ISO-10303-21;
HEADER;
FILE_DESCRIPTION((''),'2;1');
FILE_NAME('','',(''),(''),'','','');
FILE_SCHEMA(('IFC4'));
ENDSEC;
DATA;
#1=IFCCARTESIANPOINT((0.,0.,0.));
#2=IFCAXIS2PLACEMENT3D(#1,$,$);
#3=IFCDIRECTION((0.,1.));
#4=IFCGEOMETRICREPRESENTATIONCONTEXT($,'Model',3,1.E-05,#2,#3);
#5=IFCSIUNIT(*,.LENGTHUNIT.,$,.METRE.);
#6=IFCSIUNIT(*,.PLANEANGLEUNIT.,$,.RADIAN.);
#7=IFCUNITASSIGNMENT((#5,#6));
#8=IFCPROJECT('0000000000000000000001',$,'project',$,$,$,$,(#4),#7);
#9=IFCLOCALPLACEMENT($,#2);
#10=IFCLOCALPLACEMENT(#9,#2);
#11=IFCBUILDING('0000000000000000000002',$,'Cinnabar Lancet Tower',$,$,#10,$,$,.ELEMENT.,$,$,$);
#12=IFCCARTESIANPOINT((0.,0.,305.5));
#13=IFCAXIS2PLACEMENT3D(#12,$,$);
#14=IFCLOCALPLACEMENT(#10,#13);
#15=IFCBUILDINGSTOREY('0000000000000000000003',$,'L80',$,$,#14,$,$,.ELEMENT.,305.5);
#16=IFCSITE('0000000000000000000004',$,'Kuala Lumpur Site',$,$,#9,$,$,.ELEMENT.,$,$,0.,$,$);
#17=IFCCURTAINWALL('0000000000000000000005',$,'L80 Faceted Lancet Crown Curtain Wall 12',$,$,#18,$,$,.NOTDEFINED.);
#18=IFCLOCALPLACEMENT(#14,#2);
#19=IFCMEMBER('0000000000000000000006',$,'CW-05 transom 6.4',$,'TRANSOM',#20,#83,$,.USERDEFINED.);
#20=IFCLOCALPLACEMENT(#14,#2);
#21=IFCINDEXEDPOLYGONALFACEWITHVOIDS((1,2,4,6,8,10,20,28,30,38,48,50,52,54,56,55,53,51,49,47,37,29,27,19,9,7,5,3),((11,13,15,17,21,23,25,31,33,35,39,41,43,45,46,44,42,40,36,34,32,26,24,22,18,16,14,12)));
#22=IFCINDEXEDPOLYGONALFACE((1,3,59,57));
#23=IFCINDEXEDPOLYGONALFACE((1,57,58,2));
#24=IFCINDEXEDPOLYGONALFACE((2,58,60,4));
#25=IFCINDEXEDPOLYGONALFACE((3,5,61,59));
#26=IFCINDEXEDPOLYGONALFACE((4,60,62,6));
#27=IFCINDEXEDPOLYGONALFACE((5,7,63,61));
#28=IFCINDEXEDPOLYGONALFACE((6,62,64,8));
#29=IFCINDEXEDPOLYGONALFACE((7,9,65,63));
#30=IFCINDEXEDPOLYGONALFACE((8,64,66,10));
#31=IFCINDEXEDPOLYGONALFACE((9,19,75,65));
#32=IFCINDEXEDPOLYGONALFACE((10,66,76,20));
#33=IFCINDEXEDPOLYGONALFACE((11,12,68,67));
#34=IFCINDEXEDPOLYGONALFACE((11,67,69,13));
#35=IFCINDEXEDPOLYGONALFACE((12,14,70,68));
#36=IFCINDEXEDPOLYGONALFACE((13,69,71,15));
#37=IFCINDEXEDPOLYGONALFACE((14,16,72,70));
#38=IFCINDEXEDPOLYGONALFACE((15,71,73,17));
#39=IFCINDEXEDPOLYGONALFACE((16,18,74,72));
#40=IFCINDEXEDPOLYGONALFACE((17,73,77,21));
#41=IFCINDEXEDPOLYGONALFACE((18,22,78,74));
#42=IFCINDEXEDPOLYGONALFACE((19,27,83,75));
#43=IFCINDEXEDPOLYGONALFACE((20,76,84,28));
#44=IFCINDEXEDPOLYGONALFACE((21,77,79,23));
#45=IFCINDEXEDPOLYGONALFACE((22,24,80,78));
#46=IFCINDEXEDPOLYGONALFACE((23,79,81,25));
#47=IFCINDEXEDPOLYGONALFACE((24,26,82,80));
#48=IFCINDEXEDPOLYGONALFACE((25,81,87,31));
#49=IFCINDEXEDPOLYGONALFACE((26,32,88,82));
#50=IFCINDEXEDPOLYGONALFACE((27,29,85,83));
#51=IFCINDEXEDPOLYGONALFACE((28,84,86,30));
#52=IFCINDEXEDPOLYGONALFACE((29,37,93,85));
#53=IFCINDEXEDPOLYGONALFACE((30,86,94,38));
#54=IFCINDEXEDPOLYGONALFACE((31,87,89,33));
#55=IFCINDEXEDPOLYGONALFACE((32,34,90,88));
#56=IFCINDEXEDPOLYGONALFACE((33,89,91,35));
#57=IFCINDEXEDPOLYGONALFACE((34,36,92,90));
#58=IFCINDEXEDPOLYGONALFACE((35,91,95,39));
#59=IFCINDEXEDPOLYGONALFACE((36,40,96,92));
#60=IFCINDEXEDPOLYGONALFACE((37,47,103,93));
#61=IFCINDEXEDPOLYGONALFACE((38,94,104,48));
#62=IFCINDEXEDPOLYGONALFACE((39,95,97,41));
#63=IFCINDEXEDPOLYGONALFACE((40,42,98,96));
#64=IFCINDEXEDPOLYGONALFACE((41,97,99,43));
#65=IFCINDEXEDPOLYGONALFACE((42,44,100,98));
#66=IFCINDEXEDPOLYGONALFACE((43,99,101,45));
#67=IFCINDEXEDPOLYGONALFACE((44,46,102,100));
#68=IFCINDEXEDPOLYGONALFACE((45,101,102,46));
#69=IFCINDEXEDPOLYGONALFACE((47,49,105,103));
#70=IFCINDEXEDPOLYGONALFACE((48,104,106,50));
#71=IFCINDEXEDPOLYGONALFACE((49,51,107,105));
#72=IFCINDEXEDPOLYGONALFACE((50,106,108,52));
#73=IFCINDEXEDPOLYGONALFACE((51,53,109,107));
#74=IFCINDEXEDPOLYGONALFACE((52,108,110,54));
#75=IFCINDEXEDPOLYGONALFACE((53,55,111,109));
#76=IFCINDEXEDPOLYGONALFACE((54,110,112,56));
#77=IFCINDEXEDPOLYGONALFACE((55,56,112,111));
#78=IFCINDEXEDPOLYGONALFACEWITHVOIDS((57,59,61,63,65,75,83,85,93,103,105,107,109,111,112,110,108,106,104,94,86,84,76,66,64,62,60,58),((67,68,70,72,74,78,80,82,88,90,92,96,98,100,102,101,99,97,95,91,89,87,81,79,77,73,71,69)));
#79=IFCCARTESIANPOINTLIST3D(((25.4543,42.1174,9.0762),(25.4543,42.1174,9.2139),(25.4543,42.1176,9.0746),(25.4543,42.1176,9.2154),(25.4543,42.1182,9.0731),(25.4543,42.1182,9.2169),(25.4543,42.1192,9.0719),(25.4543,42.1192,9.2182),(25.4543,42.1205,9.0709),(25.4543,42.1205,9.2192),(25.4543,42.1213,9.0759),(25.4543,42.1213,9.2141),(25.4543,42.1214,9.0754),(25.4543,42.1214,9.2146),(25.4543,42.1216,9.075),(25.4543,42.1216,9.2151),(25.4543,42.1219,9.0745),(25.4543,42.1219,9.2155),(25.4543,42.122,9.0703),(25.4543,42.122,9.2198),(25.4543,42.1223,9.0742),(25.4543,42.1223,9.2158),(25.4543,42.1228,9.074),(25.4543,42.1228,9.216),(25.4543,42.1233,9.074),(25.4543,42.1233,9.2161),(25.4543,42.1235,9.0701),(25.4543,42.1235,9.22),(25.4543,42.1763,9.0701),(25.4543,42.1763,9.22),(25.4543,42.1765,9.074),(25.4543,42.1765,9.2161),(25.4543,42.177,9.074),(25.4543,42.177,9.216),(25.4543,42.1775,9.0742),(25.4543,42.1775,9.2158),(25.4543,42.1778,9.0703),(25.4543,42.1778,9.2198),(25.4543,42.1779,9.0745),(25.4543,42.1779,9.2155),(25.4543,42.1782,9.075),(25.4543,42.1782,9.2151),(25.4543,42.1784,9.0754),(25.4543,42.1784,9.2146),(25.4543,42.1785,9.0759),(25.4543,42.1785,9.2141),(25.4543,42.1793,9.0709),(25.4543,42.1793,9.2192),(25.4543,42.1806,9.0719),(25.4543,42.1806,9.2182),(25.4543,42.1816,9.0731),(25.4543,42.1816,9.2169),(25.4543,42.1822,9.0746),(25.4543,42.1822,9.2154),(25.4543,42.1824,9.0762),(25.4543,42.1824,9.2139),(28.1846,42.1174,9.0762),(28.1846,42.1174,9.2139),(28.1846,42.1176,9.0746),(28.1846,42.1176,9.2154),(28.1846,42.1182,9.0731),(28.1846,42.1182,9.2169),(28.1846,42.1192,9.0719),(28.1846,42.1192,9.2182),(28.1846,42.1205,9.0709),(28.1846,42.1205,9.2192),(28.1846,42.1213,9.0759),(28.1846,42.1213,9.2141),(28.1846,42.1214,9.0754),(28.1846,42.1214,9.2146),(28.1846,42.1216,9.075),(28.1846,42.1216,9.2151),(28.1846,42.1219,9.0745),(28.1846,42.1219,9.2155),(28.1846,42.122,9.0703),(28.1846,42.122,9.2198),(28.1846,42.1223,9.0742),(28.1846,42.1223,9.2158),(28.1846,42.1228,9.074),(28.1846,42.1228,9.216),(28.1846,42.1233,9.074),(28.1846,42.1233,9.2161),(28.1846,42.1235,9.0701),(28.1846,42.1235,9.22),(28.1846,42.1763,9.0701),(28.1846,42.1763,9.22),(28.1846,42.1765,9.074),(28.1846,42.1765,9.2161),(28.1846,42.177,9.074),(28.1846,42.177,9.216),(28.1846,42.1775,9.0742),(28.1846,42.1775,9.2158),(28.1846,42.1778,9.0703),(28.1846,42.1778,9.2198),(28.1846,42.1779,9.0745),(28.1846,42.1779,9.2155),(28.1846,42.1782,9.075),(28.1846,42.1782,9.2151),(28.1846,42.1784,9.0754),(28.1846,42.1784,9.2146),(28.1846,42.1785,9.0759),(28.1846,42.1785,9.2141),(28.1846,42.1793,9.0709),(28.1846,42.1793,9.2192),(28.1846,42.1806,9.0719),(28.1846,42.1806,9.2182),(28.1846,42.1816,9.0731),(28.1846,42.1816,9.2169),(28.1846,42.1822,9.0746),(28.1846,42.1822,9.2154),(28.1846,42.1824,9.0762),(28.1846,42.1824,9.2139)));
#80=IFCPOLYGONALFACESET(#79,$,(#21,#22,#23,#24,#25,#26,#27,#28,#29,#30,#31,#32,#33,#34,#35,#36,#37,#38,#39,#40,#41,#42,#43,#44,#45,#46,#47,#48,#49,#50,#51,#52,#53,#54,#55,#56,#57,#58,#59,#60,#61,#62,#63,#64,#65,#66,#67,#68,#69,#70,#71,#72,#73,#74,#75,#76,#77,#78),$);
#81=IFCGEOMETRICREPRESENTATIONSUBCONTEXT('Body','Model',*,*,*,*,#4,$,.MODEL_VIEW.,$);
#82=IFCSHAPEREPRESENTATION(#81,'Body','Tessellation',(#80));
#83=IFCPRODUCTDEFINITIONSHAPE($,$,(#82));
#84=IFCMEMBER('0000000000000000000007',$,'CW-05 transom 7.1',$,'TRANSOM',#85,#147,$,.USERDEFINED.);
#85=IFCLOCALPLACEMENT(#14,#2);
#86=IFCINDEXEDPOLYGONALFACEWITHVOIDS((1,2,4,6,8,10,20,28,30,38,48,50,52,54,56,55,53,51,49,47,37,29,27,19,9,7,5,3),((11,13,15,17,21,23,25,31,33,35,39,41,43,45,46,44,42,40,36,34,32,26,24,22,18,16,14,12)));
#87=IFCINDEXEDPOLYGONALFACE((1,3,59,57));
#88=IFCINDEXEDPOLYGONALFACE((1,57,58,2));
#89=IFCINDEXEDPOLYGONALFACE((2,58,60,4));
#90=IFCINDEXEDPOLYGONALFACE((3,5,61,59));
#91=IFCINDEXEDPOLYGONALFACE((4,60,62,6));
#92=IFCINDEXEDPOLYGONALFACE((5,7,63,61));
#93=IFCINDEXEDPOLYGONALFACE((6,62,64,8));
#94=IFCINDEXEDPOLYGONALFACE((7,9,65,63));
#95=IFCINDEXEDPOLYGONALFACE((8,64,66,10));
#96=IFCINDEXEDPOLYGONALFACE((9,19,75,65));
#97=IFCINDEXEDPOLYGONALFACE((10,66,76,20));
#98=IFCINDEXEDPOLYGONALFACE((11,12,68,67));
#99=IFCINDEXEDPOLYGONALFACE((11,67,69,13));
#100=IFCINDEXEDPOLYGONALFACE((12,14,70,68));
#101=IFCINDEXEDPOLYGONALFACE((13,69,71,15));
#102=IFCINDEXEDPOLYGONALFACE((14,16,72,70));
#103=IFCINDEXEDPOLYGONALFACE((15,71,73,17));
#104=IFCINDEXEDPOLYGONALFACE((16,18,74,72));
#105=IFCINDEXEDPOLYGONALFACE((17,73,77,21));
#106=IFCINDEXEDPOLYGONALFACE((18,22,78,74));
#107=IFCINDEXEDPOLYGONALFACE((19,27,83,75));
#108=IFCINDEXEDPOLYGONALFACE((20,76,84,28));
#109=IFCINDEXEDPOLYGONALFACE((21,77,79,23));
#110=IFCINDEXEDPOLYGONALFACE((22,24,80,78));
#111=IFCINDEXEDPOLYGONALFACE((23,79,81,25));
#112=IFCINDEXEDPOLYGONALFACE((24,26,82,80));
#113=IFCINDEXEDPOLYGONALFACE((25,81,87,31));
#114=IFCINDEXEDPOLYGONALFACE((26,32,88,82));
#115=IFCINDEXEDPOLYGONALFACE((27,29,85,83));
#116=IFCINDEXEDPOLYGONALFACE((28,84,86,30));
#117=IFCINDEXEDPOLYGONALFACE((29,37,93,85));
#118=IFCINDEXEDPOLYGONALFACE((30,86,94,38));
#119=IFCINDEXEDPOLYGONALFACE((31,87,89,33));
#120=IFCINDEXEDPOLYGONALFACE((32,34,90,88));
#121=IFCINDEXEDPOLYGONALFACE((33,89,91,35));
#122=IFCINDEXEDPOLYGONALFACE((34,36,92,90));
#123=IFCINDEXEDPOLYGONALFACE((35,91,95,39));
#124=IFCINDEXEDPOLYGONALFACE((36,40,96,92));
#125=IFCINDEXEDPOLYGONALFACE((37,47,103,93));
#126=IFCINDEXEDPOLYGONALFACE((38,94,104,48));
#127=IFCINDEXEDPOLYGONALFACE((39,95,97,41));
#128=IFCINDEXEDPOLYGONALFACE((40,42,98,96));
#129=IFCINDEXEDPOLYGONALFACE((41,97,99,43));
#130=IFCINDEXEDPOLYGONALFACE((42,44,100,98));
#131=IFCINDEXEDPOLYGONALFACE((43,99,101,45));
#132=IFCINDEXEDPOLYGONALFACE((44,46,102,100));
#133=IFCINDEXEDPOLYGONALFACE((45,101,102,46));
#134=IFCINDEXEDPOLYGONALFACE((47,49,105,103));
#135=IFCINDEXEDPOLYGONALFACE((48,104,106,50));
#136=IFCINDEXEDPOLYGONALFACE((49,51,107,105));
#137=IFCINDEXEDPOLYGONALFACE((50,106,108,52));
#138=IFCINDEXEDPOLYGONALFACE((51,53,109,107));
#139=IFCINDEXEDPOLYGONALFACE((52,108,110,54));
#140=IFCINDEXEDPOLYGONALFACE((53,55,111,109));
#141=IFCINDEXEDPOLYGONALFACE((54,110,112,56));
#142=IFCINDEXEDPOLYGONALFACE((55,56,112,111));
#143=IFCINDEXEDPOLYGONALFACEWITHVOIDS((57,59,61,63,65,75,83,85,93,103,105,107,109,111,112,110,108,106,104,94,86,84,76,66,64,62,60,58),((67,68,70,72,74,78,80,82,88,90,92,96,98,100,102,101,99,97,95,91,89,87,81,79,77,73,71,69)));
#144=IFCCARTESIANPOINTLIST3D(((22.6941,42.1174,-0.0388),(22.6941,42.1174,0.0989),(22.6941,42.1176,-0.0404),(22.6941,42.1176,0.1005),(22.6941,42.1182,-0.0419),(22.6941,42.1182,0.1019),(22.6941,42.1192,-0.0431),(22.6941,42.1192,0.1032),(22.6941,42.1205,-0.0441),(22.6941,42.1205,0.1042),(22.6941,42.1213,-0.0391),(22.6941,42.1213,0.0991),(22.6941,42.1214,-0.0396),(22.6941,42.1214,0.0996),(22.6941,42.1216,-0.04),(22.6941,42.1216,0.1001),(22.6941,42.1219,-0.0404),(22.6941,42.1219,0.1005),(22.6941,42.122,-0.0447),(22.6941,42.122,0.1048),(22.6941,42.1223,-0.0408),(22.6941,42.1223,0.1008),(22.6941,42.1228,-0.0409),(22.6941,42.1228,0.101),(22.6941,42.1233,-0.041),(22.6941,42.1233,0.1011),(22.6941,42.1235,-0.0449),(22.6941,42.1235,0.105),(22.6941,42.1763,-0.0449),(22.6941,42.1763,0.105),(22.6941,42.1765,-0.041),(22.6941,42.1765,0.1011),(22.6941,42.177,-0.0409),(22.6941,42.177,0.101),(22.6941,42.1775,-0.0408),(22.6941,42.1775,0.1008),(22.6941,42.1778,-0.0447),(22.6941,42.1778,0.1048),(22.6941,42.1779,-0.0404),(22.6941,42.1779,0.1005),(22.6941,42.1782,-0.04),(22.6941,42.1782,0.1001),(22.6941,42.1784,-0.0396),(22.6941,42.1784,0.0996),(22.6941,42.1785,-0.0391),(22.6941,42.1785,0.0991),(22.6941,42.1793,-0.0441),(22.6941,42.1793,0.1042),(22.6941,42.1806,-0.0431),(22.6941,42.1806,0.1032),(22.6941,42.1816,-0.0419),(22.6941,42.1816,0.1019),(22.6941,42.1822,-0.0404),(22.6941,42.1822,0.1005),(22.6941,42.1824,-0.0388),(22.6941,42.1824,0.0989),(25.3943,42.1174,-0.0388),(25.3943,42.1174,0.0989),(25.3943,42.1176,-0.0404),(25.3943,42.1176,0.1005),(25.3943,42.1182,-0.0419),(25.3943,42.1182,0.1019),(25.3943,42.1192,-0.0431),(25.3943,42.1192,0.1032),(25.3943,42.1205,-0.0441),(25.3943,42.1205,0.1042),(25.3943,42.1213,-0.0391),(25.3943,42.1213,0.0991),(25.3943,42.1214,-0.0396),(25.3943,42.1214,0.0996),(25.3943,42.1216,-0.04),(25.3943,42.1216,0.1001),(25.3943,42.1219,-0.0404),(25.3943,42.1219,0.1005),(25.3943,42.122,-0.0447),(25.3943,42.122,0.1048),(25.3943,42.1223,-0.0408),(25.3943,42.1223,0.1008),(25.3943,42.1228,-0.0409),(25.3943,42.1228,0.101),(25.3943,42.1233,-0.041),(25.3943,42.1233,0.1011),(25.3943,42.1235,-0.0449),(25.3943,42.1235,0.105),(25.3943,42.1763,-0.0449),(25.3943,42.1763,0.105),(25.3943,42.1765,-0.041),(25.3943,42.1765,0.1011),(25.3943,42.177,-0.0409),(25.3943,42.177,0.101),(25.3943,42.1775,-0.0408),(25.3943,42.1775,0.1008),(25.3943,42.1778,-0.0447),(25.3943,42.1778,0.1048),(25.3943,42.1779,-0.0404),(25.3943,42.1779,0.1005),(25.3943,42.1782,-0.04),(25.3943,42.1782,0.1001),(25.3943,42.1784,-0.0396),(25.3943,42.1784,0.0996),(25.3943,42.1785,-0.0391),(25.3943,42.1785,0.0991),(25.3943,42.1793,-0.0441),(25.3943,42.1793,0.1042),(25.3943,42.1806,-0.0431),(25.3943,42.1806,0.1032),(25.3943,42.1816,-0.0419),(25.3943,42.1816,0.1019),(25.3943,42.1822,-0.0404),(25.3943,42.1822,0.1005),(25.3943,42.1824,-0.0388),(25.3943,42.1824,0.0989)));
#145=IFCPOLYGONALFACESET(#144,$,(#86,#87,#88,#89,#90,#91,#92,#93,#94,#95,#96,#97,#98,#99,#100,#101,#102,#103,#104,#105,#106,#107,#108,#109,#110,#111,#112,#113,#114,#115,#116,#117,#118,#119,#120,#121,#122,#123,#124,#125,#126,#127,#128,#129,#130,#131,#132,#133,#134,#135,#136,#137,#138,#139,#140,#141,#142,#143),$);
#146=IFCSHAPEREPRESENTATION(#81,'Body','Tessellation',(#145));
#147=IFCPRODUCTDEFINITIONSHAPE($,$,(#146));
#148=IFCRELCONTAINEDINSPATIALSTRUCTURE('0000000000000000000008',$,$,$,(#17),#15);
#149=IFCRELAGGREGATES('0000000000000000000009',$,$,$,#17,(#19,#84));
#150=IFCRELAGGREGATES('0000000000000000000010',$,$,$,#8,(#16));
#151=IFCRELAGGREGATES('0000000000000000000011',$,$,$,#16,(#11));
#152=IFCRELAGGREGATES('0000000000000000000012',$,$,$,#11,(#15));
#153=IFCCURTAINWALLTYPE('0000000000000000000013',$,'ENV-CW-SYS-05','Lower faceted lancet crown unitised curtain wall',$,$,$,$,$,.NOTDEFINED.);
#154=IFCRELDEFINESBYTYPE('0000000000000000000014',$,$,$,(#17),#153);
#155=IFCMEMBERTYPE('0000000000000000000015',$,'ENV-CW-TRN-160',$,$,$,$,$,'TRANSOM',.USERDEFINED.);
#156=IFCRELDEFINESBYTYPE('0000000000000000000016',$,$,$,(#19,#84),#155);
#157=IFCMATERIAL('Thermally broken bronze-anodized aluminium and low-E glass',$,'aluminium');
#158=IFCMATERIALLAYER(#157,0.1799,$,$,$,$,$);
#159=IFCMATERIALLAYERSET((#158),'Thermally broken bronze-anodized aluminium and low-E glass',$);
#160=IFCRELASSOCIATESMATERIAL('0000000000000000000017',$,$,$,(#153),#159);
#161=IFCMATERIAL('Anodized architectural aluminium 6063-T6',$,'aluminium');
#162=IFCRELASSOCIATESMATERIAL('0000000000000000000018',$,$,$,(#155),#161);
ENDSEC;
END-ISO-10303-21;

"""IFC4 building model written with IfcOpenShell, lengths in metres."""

from ifc_helpers import new_model, si_unit, direction, frame, origin, origin_2d, place, context, subcontext, project, spatial, hollow_rectangle, extrude, material, layer, layer_set, material_profile, profile_set, type_object, element, aggregate, save


model = new_model("IFC4")

# Units and contexts
model_context = context("Model", 3, precision=1e-05, world=origin(), true_north=direction((0.0, 1.0)))
body_context = subcontext(model_context, "Body", "Model", "MODEL_VIEW")
ifc_project = project(units=[si_unit("LENGTHUNIT", "METRE"), si_unit("PLANEANGLEUNIT", "RADIAN")], contexts=[model_context])

# Site, building, storey
site_placement = place(None, origin())
site = spatial("IfcSite", under=ifc_project, at=site_placement, Name="Kuala Lumpur Site", CompositionType="ELEMENT", RefElevation=0.0)
building_placement = place(site_placement, origin())
building = spatial("IfcBuilding", under=site, at=building_placement, Name="Cinnabar Lancet Tower", CompositionType="ELEMENT")
storey_placement = place(building_placement, frame((0.0, 0.0, 305.5)))
storey = spatial("IfcBuildingStorey", under=building, at=storey_placement, Name="L80", CompositionType="ELEMENT", Elevation=305.5)

# Curtain wall
ifc_material_1 = material(Name="Thermally broken bronze-anodized aluminium and low-E glass", Category="aluminium")
ifc_layer_1 = layer(ifc_material_1, 0.1799)
ifc_layer_set_1 = layer_set([ifc_layer_1], Name="Thermally broken bronze-anodized aluminium and low-E glass")
curtain_wall_type = type_object("IfcCurtainWallType", Name="ENV-CW-SYS-05", Description="Lower faceted lancet crown unitised curtain wall", PredefinedType="NOTDEFINED", material=ifc_layer_set_1)
curtain_wall_1_placement = place(storey_placement, origin())
curtain_wall_1 = element("IfcCurtainWall", 1, at=curtain_wall_1_placement, inside=storey, type_object=curtain_wall_type, Name="L80 Faceted Lancet Crown Curtain Wall 12", PredefinedType="NOTDEFINED")

# Members
ifc_material_2 = material(Name="Anodized architectural aluminium 6063-T6", Category="aluminium")
ifc_material_profile_1 = material_profile(ifc_material_2, hollow_rectangle(XDim=0.0649, YDim=0.1499, WallThickness=0.0039, InnerFilletRadius=0.002, OuterFilletRadius=0.0061, at=origin_2d()), Name="CW-TRN 150x65x4")
ifc_profile_set_1 = profile_set([ifc_material_profile_1], Name="Anodized architectural aluminium 6063-T6")
member_type_1 = type_object("IfcMemberType", Name="ENV-CW-TRN-160", ElementType="TRANSOM", PredefinedType="USERDEFINED", material=ifc_profile_set_1)
member_1_placement = place(storey_placement, frame((28.1846, 42.1499, 9.145), z_axis=(-1.0, 0.0, 0.0), x_axis=(0.0, -1.0, 0.0)))
member_1 = element("IfcMember", 2, at=member_1_placement, type_object=member_type_1, Name="CW-05 transom 6.4", ObjectType="TRANSOM", PredefinedType="USERDEFINED", context=body_context, shape_type="SweptSolid", body=[
    extrude(hollow_rectangle(XDim=0.0649, YDim=0.1499, WallThickness=0.0039, InnerFilletRadius=0.002, OuterFilletRadius=0.0061, at=origin_2d()), origin(), (0.0, 0.0, 1.0), 2.7302),
])
member_2_placement = place(storey_placement, frame((25.3943, 42.1499, 0.03), z_axis=(-1.0, 0.0, 0.0), x_axis=(0.0, -1.0, 0.0)))
member_2 = element("IfcMember", 3, at=member_2_placement, type_object=member_type_1, Name="CW-05 transom 7.1", ObjectType="TRANSOM", PredefinedType="USERDEFINED", context=body_context, shape_type="SweptSolid", body=[
    extrude(hollow_rectangle(XDim=0.0649, YDim=0.1499, WallThickness=0.0039, InnerFilletRadius=0.002, OuterFilletRadius=0.0061, at=origin_2d()), origin(), (0.0, 0.0, 1.0), 2.7002),
])

aggregate(curtain_wall_1, [member_1, member_2])

save(model, "model.ifc")
